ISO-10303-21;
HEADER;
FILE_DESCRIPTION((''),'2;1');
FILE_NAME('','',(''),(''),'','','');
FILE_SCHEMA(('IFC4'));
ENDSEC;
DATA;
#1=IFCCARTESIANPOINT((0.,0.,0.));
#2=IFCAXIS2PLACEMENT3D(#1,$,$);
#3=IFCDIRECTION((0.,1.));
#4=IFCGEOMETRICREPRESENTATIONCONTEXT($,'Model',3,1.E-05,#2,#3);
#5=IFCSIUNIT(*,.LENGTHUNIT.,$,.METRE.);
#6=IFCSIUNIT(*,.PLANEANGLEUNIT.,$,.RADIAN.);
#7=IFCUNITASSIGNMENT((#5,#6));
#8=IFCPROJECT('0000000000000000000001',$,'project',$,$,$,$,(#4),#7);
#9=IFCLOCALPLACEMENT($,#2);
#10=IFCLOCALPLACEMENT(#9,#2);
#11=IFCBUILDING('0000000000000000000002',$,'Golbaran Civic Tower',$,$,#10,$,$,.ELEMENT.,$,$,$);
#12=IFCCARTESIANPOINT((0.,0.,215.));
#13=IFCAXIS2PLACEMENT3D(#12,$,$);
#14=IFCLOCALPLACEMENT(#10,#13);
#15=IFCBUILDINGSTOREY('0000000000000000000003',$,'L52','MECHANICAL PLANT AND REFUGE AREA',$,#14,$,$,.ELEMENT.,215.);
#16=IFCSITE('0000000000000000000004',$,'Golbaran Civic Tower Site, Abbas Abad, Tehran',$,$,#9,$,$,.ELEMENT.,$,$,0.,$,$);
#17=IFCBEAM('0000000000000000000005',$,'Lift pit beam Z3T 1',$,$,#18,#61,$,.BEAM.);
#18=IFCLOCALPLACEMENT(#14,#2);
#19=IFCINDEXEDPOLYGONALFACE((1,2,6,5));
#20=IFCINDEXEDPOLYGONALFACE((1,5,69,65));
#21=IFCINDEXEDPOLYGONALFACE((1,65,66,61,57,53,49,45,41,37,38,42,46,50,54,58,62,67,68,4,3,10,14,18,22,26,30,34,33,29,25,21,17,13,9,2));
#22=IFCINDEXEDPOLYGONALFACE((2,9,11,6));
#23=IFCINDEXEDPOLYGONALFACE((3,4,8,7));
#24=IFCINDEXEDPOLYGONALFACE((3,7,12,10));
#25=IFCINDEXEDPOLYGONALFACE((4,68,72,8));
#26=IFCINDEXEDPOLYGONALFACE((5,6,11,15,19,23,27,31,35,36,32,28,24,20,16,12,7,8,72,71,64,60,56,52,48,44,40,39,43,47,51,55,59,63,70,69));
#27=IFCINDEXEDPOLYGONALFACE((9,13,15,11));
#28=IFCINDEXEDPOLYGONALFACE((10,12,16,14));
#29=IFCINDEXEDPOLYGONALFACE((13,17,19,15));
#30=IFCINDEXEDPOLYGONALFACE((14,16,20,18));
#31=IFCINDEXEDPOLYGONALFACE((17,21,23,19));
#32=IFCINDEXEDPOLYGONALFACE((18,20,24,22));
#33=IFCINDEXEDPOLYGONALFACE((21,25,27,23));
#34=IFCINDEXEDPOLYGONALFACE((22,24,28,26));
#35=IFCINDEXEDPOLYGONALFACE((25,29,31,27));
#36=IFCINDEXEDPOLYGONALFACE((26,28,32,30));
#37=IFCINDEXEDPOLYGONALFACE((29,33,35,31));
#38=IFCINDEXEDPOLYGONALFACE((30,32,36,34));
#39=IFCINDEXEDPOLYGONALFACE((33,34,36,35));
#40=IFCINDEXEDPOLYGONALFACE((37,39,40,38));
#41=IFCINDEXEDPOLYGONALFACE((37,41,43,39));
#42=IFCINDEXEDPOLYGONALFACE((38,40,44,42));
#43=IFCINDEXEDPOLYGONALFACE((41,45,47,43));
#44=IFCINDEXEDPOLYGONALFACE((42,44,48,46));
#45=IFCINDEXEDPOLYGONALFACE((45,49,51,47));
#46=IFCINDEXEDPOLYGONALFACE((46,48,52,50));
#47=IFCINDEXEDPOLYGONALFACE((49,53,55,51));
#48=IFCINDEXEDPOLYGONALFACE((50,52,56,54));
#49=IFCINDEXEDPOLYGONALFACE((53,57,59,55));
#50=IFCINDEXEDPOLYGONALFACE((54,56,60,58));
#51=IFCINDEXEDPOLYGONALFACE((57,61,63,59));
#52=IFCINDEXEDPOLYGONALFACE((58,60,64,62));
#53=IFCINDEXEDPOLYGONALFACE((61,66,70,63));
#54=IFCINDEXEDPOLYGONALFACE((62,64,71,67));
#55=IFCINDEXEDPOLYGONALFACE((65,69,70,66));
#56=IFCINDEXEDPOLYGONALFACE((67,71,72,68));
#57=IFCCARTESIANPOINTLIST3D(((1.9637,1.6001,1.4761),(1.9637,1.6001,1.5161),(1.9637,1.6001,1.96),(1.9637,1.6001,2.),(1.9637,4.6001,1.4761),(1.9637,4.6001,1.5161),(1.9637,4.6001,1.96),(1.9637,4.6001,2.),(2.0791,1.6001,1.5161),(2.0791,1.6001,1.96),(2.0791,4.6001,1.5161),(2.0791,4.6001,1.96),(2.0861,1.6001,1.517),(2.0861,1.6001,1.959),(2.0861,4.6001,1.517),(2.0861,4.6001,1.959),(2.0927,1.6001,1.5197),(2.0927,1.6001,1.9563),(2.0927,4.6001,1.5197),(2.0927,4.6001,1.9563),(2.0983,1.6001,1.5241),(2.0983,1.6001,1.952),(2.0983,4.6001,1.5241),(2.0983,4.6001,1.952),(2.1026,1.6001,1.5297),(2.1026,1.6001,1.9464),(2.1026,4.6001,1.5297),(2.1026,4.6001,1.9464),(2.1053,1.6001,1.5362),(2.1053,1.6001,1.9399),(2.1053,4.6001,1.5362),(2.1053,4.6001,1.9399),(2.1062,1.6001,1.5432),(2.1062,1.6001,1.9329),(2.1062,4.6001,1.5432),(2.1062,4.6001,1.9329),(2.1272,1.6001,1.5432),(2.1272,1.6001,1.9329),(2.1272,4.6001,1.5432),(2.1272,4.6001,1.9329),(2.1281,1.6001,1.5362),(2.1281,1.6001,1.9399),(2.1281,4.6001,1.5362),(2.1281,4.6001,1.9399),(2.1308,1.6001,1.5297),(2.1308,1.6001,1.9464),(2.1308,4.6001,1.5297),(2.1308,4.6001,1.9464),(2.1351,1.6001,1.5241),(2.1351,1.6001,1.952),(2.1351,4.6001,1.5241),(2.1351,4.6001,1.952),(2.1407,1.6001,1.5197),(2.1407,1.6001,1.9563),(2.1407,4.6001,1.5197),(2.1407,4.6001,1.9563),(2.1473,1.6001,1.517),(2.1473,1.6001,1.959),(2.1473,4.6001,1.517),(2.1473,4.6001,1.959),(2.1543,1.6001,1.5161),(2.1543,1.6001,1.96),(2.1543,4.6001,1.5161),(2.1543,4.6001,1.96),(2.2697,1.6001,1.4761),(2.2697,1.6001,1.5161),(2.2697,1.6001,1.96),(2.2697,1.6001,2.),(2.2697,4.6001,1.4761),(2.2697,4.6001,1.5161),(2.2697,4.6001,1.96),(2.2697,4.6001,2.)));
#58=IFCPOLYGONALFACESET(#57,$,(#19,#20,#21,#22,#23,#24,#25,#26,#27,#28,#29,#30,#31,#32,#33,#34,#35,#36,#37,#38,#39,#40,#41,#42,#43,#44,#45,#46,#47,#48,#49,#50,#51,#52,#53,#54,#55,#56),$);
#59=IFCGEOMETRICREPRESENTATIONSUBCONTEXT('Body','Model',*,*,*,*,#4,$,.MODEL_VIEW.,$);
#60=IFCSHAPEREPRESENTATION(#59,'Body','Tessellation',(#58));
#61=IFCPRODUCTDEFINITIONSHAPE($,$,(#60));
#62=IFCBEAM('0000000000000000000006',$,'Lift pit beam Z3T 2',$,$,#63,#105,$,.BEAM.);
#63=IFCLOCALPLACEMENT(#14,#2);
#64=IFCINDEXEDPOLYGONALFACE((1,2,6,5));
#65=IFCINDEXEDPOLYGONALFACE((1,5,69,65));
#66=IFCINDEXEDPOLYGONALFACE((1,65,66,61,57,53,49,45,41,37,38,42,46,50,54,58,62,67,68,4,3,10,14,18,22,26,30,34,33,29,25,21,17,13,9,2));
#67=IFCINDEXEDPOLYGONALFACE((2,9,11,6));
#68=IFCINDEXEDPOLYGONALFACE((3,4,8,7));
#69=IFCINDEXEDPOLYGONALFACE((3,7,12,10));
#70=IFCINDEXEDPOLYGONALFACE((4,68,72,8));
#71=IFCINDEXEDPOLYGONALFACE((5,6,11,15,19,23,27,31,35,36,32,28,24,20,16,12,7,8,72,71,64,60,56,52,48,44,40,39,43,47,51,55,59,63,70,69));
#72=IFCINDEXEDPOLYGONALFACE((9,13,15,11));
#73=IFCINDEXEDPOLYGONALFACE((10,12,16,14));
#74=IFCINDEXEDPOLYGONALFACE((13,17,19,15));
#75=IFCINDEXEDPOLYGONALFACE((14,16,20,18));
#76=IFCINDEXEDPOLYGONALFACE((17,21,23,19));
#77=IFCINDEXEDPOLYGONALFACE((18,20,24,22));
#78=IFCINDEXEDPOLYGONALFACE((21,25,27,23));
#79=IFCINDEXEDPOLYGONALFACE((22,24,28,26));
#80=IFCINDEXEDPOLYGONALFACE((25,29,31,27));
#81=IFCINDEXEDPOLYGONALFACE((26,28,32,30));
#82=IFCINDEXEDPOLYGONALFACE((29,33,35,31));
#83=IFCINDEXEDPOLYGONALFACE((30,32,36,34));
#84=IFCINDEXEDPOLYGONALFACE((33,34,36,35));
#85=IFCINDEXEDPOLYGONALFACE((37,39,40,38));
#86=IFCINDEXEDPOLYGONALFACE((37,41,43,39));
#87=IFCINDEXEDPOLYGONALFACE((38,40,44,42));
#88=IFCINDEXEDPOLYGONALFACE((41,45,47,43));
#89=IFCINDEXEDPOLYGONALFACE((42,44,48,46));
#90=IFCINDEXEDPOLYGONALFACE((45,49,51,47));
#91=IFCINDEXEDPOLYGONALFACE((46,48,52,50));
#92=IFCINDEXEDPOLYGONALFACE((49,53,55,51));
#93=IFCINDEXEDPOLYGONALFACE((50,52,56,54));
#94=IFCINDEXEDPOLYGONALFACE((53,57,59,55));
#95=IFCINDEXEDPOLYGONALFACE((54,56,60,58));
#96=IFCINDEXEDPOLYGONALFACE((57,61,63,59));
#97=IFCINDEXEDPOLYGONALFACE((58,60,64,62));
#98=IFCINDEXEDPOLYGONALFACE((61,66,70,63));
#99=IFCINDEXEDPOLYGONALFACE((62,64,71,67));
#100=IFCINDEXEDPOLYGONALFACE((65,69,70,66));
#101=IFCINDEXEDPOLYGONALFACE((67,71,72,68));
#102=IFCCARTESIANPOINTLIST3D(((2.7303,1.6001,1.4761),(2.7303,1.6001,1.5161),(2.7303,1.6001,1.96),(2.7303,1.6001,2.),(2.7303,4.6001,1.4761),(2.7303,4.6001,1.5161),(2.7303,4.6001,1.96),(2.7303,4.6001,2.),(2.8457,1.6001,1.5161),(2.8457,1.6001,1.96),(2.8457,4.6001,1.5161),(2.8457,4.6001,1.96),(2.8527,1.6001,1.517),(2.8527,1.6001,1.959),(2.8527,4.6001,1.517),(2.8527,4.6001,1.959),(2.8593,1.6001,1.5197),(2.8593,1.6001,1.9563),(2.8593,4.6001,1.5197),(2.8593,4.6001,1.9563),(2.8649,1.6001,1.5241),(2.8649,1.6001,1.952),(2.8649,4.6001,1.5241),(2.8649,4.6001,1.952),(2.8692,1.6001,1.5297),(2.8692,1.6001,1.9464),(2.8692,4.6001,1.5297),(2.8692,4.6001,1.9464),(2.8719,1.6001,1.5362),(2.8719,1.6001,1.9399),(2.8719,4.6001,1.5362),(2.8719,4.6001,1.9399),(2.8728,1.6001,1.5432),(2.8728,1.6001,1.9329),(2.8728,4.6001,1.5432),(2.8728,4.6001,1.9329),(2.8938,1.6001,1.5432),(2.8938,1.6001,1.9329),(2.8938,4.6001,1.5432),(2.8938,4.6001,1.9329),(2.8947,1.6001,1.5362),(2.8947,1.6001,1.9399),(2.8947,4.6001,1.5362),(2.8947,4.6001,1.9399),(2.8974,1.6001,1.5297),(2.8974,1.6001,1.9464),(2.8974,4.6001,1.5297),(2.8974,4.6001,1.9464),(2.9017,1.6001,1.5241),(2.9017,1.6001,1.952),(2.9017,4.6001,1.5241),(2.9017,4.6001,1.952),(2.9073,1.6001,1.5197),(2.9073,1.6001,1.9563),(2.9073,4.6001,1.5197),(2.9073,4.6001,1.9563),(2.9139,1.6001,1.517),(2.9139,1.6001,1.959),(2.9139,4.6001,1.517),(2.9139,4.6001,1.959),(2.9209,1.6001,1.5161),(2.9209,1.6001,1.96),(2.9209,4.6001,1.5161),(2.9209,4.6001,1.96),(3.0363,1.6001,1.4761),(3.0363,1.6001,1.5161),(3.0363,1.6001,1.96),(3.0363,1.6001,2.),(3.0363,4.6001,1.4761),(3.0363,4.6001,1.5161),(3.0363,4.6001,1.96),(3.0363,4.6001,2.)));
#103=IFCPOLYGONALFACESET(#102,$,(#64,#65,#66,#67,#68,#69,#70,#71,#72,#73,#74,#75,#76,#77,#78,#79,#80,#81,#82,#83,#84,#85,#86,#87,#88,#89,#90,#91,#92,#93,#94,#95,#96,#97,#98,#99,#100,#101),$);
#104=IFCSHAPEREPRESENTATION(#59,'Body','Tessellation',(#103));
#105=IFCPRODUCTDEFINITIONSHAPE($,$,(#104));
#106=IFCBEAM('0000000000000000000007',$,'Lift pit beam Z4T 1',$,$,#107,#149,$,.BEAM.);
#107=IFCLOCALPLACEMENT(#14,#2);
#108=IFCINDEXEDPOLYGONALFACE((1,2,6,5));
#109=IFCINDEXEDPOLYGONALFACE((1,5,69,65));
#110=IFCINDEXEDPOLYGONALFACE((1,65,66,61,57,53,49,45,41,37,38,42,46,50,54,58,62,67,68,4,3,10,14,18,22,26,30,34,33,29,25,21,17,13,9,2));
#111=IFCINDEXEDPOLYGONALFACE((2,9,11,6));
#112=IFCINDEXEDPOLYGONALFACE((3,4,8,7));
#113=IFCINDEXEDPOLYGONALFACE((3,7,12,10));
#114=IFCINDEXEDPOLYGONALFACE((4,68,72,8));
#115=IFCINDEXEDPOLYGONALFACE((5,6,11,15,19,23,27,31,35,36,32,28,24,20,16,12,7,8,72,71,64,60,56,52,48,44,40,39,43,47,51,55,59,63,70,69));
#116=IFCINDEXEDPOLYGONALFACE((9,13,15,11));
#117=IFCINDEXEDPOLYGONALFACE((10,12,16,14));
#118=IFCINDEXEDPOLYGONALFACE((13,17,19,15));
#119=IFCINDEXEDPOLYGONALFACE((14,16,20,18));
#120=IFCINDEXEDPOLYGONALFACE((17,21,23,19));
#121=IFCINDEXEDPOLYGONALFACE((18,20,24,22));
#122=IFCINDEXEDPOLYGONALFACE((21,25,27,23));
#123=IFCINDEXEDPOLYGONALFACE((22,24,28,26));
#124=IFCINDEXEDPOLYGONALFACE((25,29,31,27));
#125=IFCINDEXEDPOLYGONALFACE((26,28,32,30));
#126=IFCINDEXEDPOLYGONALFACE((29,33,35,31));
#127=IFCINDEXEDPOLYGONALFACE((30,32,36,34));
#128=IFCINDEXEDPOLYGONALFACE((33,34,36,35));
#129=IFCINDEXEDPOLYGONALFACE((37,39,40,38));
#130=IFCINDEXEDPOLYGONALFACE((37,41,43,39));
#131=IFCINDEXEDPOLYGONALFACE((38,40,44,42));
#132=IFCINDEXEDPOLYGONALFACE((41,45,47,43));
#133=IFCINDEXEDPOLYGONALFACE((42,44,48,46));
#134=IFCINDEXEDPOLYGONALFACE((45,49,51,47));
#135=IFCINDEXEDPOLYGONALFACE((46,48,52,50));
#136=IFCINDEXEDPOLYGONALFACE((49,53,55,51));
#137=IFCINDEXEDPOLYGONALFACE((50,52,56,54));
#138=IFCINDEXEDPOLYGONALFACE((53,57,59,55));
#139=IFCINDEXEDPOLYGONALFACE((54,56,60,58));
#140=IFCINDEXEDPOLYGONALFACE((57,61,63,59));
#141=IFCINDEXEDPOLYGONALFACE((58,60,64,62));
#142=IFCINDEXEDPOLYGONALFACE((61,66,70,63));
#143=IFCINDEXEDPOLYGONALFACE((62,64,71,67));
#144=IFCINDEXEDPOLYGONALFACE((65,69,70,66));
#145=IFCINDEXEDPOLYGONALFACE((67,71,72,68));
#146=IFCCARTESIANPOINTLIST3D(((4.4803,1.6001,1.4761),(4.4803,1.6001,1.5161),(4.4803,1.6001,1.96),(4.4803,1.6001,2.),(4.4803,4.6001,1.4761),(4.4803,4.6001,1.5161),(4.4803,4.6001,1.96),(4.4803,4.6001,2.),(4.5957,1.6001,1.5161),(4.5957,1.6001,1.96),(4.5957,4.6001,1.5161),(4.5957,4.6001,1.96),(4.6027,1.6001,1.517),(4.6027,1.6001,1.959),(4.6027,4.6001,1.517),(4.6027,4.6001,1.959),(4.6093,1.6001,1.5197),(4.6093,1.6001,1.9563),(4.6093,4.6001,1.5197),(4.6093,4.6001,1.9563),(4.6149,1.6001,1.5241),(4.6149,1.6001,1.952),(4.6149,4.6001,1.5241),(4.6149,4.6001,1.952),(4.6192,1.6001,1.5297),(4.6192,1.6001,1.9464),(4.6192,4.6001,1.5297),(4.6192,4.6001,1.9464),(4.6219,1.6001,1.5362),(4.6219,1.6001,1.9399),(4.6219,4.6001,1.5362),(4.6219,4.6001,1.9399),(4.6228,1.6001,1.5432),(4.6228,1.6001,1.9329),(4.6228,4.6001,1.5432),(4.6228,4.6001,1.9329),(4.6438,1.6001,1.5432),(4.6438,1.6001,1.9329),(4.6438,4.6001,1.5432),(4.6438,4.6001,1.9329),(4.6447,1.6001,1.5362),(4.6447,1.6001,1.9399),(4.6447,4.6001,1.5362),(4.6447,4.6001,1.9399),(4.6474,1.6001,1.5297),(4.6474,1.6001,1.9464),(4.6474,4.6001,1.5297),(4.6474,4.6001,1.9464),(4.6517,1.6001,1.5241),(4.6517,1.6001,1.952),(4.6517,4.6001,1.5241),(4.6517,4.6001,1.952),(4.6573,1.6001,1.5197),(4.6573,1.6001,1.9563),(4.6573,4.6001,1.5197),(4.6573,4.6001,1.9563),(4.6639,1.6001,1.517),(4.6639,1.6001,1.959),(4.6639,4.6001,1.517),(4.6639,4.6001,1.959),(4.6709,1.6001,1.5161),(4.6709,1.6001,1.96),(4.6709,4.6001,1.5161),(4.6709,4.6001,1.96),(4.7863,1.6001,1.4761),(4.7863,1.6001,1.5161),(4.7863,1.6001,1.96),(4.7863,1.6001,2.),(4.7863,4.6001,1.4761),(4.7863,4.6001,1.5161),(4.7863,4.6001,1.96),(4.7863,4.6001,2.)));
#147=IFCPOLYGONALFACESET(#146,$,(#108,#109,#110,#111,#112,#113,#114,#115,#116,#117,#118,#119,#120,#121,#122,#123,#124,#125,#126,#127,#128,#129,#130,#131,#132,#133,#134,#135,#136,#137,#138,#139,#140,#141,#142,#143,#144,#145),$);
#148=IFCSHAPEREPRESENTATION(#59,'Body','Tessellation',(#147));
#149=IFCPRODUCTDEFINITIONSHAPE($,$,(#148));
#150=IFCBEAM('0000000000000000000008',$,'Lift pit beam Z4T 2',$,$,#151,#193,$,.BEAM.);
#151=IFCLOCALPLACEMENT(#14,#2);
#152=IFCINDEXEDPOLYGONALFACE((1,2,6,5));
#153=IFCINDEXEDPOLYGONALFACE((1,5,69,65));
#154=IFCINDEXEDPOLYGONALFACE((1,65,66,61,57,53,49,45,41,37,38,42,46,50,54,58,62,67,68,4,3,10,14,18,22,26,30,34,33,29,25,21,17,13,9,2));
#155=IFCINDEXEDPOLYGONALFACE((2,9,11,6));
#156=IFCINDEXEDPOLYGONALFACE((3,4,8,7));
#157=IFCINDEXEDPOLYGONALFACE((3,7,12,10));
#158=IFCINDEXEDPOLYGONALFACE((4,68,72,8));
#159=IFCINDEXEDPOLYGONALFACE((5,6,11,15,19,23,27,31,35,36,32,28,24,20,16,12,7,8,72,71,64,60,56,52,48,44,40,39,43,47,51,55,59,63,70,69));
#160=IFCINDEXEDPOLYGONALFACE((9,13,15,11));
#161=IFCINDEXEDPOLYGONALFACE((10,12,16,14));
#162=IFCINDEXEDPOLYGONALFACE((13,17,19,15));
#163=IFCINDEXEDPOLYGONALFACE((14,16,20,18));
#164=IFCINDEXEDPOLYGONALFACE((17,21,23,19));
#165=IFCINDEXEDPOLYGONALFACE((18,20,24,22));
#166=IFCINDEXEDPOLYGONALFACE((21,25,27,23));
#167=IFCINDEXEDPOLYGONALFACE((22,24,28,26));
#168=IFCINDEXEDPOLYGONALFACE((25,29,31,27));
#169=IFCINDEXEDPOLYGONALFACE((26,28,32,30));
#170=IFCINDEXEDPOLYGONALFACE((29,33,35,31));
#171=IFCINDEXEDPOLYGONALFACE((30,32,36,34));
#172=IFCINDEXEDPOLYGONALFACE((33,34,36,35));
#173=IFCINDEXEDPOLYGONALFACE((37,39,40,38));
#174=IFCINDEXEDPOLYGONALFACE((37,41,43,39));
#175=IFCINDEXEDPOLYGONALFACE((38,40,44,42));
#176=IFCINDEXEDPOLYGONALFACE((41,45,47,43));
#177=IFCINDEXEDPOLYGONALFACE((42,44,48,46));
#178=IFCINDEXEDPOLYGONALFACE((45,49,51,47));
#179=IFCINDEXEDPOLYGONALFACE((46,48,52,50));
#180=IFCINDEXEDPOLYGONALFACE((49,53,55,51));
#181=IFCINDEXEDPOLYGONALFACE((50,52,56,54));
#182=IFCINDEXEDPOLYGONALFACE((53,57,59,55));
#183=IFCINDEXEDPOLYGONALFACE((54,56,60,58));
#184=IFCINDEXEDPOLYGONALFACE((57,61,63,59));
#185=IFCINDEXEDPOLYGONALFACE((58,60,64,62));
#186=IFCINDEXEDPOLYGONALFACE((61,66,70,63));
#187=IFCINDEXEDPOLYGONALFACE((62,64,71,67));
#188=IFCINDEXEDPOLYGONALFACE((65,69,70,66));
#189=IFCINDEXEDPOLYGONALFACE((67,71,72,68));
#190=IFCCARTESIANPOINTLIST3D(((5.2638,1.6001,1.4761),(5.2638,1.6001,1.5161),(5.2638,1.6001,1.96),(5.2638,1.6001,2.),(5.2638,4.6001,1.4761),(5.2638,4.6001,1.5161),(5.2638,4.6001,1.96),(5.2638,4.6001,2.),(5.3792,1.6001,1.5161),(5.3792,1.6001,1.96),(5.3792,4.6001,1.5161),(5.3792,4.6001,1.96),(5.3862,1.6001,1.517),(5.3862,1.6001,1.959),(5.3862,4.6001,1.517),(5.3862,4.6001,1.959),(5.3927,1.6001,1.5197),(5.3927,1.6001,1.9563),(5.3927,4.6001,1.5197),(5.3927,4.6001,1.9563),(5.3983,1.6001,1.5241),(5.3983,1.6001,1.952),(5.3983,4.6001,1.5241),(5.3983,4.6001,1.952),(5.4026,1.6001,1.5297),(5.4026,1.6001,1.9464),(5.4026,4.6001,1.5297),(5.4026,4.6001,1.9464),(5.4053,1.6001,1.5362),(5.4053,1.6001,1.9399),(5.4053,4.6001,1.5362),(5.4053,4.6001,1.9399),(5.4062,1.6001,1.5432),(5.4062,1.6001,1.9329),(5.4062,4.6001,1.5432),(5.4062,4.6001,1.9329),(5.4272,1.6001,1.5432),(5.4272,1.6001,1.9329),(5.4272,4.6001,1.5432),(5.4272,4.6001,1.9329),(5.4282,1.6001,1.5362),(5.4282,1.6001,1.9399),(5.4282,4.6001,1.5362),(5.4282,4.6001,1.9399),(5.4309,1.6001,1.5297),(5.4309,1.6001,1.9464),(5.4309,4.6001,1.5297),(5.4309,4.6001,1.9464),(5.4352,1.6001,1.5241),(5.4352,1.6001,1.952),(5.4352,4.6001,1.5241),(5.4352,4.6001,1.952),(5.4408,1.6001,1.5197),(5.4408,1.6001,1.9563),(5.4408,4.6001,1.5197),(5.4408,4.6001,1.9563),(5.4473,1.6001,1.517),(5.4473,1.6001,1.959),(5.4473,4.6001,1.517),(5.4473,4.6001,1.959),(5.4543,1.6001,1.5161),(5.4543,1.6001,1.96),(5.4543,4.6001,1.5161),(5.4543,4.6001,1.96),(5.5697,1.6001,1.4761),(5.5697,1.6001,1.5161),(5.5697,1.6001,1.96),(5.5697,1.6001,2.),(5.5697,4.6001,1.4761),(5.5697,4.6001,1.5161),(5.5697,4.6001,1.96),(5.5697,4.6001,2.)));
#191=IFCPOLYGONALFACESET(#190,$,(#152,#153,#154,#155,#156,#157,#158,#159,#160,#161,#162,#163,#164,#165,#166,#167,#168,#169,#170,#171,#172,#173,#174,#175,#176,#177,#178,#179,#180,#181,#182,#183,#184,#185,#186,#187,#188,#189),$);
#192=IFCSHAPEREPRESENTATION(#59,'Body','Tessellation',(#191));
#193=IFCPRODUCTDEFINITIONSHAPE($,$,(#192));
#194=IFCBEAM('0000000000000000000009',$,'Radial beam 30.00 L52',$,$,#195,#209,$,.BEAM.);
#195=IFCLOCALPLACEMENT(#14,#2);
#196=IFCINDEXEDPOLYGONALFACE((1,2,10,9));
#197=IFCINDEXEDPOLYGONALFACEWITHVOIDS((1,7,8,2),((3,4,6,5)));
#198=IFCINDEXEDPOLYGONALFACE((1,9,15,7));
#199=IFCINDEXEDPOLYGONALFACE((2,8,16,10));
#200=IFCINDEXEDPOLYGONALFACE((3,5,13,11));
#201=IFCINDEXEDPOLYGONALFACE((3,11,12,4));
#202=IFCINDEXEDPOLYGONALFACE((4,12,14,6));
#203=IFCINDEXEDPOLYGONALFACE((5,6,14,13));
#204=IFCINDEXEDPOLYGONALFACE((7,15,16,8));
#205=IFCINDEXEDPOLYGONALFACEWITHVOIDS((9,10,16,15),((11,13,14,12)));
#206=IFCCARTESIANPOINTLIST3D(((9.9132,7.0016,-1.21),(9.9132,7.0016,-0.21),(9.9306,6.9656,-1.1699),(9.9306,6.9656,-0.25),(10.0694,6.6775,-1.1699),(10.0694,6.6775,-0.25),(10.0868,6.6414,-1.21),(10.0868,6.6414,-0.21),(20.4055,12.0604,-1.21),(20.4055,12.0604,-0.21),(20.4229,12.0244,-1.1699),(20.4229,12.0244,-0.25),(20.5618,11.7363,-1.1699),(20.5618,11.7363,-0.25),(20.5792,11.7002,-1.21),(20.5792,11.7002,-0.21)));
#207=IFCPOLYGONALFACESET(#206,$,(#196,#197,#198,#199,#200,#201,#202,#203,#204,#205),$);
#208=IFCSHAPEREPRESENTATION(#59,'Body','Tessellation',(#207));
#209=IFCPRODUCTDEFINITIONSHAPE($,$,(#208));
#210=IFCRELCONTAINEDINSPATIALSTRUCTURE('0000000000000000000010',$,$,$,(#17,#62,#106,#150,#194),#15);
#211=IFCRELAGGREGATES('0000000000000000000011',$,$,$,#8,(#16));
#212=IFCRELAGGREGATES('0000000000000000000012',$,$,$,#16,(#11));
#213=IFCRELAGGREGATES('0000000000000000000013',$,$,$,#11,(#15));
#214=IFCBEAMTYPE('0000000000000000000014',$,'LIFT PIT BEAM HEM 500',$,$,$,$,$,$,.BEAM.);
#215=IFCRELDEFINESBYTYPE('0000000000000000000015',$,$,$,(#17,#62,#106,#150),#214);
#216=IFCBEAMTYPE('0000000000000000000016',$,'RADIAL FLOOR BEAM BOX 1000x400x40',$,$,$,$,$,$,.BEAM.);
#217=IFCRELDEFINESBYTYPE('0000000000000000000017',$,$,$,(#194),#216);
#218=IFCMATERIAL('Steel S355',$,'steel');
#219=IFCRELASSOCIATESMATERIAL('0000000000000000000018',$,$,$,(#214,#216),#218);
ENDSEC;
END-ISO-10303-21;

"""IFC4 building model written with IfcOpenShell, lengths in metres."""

from ifc_helpers import new_model, si_unit, direction, frame, origin, origin_2d, place, context, subcontext, project, spatial, hollow_rectangle, i_section, extrude, material, material_profile, profile_set, type_object, element, save


model = new_model("IFC4")

# Units and contexts
model_context = context("Model", 3, precision=1e-05, world=origin(), true_north=direction((0.0, 1.0)))
body_context = subcontext(model_context, "Body", "Model", "MODEL_VIEW")
ifc_project = project(units=[si_unit("LENGTHUNIT", "METRE"), si_unit("PLANEANGLEUNIT", "RADIAN")], contexts=[model_context])

# Site, building, storey
site_placement = place(None, origin())
site = spatial("IfcSite", under=ifc_project, at=site_placement, Name="Golbaran Civic Tower Site, Abbas Abad, Tehran", CompositionType="ELEMENT", RefElevation=0.0)
building_placement = place(site_placement, origin())
building = spatial("IfcBuilding", under=site, at=building_placement, Name="Golbaran Civic Tower", CompositionType="ELEMENT")
storey_placement = place(building_placement, frame((0.0, 0.0, 215.0)))
storey = spatial("IfcBuildingStorey", under=building, at=storey_placement, Name="L52", Description="MECHANICAL PLANT AND REFUGE AREA", CompositionType="ELEMENT", Elevation=215.0)

# Beams
ifc_material_1 = material(Name="Steel S355", Category="steel")
ifc_material_profile_1 = material_profile(ifc_material_1, i_section(OverallWidth=0.3059, OverallDepth=0.5239, WebThickness=0.021, FlangeThickness=0.04, FilletRadius=0.0271, at=origin_2d()), Name="HEM 500")
ifc_profile_set_1 = profile_set([ifc_material_profile_1], Name="Steel S355")
beam_type_1 = type_object("IfcBeamType", Name="LIFT PIT BEAM HEM 500", PredefinedType="BEAM", material=ifc_profile_set_1)
for number, where, z_axis, x_axis, name in (
    (1, (2.1167, 1.6001, 1.738), (0.0, 1.0, 0.0), (-1.0, 0.0, 0.0), "Lift pit beam Z3T 1"),
    (2, (2.8833, 1.6001, 1.738), (0.0, 1.0, 0.0), (-1.0, 0.0, 0.0), "Lift pit beam Z3T 2"),
    (3, (4.6333, 1.6001, 1.738), (0.0, 1.0, 0.0), (-1.0, 0.0, 0.0), "Lift pit beam Z4T 1"),
    (4, (5.4167, 1.6001, 1.738), (0.0, 1.0, 0.0), (-1.0, 0.0, 0.0), "Lift pit beam Z4T 2"),
):
    element("IfcBeam", number, at=place(storey_placement, frame(where, z_axis=z_axis, x_axis=x_axis)), inside=storey, type_object=beam_type_1, Name=name, PredefinedType="BEAM", context=body_context, shape_type="SweptSolid", body=[
        extrude(i_section(OverallWidth=0.3059, OverallDepth=0.5239, WebThickness=0.021, FlangeThickness=0.04, FilletRadius=0.0271, at=origin_2d()), origin(), (0.0, 0.0, 1.0), 3.0),
    ])
ifc_material_profile_2 = material_profile(ifc_material_1, hollow_rectangle(XDim=0.3999, YDim=1.0, WallThickness=0.04, at=origin_2d()), Name="BOX 1000x400x40")
ifc_profile_set_2 = profile_set([ifc_material_profile_2], Name="Steel S355")
beam_type_2 = type_object("IfcBeamType", Name="RADIAL FLOOR BEAM BOX 1000x400x40", PredefinedType="BEAM", material=ifc_profile_set_2)
beam_1_placement = place(storey_placement, frame((10.0, 6.8215, -0.71), z_axis=(0.900769, 0.434298, 0.0), x_axis=(-0.434298, 0.900769, 0.0)))
element("IfcBeam", 5, at=beam_1_placement, inside=storey, type_object=beam_type_2, Name="Radial beam 30.00 L52", PredefinedType="BEAM", context=body_context, shape_type="SweptSolid", body=[
    extrude(hollow_rectangle(XDim=0.3999, YDim=1.0, WallThickness=0.04, at=origin_2d()), origin(), (0.0, 0.0, 1.0), 11.6482),
])

save(model, "model.ifc")
